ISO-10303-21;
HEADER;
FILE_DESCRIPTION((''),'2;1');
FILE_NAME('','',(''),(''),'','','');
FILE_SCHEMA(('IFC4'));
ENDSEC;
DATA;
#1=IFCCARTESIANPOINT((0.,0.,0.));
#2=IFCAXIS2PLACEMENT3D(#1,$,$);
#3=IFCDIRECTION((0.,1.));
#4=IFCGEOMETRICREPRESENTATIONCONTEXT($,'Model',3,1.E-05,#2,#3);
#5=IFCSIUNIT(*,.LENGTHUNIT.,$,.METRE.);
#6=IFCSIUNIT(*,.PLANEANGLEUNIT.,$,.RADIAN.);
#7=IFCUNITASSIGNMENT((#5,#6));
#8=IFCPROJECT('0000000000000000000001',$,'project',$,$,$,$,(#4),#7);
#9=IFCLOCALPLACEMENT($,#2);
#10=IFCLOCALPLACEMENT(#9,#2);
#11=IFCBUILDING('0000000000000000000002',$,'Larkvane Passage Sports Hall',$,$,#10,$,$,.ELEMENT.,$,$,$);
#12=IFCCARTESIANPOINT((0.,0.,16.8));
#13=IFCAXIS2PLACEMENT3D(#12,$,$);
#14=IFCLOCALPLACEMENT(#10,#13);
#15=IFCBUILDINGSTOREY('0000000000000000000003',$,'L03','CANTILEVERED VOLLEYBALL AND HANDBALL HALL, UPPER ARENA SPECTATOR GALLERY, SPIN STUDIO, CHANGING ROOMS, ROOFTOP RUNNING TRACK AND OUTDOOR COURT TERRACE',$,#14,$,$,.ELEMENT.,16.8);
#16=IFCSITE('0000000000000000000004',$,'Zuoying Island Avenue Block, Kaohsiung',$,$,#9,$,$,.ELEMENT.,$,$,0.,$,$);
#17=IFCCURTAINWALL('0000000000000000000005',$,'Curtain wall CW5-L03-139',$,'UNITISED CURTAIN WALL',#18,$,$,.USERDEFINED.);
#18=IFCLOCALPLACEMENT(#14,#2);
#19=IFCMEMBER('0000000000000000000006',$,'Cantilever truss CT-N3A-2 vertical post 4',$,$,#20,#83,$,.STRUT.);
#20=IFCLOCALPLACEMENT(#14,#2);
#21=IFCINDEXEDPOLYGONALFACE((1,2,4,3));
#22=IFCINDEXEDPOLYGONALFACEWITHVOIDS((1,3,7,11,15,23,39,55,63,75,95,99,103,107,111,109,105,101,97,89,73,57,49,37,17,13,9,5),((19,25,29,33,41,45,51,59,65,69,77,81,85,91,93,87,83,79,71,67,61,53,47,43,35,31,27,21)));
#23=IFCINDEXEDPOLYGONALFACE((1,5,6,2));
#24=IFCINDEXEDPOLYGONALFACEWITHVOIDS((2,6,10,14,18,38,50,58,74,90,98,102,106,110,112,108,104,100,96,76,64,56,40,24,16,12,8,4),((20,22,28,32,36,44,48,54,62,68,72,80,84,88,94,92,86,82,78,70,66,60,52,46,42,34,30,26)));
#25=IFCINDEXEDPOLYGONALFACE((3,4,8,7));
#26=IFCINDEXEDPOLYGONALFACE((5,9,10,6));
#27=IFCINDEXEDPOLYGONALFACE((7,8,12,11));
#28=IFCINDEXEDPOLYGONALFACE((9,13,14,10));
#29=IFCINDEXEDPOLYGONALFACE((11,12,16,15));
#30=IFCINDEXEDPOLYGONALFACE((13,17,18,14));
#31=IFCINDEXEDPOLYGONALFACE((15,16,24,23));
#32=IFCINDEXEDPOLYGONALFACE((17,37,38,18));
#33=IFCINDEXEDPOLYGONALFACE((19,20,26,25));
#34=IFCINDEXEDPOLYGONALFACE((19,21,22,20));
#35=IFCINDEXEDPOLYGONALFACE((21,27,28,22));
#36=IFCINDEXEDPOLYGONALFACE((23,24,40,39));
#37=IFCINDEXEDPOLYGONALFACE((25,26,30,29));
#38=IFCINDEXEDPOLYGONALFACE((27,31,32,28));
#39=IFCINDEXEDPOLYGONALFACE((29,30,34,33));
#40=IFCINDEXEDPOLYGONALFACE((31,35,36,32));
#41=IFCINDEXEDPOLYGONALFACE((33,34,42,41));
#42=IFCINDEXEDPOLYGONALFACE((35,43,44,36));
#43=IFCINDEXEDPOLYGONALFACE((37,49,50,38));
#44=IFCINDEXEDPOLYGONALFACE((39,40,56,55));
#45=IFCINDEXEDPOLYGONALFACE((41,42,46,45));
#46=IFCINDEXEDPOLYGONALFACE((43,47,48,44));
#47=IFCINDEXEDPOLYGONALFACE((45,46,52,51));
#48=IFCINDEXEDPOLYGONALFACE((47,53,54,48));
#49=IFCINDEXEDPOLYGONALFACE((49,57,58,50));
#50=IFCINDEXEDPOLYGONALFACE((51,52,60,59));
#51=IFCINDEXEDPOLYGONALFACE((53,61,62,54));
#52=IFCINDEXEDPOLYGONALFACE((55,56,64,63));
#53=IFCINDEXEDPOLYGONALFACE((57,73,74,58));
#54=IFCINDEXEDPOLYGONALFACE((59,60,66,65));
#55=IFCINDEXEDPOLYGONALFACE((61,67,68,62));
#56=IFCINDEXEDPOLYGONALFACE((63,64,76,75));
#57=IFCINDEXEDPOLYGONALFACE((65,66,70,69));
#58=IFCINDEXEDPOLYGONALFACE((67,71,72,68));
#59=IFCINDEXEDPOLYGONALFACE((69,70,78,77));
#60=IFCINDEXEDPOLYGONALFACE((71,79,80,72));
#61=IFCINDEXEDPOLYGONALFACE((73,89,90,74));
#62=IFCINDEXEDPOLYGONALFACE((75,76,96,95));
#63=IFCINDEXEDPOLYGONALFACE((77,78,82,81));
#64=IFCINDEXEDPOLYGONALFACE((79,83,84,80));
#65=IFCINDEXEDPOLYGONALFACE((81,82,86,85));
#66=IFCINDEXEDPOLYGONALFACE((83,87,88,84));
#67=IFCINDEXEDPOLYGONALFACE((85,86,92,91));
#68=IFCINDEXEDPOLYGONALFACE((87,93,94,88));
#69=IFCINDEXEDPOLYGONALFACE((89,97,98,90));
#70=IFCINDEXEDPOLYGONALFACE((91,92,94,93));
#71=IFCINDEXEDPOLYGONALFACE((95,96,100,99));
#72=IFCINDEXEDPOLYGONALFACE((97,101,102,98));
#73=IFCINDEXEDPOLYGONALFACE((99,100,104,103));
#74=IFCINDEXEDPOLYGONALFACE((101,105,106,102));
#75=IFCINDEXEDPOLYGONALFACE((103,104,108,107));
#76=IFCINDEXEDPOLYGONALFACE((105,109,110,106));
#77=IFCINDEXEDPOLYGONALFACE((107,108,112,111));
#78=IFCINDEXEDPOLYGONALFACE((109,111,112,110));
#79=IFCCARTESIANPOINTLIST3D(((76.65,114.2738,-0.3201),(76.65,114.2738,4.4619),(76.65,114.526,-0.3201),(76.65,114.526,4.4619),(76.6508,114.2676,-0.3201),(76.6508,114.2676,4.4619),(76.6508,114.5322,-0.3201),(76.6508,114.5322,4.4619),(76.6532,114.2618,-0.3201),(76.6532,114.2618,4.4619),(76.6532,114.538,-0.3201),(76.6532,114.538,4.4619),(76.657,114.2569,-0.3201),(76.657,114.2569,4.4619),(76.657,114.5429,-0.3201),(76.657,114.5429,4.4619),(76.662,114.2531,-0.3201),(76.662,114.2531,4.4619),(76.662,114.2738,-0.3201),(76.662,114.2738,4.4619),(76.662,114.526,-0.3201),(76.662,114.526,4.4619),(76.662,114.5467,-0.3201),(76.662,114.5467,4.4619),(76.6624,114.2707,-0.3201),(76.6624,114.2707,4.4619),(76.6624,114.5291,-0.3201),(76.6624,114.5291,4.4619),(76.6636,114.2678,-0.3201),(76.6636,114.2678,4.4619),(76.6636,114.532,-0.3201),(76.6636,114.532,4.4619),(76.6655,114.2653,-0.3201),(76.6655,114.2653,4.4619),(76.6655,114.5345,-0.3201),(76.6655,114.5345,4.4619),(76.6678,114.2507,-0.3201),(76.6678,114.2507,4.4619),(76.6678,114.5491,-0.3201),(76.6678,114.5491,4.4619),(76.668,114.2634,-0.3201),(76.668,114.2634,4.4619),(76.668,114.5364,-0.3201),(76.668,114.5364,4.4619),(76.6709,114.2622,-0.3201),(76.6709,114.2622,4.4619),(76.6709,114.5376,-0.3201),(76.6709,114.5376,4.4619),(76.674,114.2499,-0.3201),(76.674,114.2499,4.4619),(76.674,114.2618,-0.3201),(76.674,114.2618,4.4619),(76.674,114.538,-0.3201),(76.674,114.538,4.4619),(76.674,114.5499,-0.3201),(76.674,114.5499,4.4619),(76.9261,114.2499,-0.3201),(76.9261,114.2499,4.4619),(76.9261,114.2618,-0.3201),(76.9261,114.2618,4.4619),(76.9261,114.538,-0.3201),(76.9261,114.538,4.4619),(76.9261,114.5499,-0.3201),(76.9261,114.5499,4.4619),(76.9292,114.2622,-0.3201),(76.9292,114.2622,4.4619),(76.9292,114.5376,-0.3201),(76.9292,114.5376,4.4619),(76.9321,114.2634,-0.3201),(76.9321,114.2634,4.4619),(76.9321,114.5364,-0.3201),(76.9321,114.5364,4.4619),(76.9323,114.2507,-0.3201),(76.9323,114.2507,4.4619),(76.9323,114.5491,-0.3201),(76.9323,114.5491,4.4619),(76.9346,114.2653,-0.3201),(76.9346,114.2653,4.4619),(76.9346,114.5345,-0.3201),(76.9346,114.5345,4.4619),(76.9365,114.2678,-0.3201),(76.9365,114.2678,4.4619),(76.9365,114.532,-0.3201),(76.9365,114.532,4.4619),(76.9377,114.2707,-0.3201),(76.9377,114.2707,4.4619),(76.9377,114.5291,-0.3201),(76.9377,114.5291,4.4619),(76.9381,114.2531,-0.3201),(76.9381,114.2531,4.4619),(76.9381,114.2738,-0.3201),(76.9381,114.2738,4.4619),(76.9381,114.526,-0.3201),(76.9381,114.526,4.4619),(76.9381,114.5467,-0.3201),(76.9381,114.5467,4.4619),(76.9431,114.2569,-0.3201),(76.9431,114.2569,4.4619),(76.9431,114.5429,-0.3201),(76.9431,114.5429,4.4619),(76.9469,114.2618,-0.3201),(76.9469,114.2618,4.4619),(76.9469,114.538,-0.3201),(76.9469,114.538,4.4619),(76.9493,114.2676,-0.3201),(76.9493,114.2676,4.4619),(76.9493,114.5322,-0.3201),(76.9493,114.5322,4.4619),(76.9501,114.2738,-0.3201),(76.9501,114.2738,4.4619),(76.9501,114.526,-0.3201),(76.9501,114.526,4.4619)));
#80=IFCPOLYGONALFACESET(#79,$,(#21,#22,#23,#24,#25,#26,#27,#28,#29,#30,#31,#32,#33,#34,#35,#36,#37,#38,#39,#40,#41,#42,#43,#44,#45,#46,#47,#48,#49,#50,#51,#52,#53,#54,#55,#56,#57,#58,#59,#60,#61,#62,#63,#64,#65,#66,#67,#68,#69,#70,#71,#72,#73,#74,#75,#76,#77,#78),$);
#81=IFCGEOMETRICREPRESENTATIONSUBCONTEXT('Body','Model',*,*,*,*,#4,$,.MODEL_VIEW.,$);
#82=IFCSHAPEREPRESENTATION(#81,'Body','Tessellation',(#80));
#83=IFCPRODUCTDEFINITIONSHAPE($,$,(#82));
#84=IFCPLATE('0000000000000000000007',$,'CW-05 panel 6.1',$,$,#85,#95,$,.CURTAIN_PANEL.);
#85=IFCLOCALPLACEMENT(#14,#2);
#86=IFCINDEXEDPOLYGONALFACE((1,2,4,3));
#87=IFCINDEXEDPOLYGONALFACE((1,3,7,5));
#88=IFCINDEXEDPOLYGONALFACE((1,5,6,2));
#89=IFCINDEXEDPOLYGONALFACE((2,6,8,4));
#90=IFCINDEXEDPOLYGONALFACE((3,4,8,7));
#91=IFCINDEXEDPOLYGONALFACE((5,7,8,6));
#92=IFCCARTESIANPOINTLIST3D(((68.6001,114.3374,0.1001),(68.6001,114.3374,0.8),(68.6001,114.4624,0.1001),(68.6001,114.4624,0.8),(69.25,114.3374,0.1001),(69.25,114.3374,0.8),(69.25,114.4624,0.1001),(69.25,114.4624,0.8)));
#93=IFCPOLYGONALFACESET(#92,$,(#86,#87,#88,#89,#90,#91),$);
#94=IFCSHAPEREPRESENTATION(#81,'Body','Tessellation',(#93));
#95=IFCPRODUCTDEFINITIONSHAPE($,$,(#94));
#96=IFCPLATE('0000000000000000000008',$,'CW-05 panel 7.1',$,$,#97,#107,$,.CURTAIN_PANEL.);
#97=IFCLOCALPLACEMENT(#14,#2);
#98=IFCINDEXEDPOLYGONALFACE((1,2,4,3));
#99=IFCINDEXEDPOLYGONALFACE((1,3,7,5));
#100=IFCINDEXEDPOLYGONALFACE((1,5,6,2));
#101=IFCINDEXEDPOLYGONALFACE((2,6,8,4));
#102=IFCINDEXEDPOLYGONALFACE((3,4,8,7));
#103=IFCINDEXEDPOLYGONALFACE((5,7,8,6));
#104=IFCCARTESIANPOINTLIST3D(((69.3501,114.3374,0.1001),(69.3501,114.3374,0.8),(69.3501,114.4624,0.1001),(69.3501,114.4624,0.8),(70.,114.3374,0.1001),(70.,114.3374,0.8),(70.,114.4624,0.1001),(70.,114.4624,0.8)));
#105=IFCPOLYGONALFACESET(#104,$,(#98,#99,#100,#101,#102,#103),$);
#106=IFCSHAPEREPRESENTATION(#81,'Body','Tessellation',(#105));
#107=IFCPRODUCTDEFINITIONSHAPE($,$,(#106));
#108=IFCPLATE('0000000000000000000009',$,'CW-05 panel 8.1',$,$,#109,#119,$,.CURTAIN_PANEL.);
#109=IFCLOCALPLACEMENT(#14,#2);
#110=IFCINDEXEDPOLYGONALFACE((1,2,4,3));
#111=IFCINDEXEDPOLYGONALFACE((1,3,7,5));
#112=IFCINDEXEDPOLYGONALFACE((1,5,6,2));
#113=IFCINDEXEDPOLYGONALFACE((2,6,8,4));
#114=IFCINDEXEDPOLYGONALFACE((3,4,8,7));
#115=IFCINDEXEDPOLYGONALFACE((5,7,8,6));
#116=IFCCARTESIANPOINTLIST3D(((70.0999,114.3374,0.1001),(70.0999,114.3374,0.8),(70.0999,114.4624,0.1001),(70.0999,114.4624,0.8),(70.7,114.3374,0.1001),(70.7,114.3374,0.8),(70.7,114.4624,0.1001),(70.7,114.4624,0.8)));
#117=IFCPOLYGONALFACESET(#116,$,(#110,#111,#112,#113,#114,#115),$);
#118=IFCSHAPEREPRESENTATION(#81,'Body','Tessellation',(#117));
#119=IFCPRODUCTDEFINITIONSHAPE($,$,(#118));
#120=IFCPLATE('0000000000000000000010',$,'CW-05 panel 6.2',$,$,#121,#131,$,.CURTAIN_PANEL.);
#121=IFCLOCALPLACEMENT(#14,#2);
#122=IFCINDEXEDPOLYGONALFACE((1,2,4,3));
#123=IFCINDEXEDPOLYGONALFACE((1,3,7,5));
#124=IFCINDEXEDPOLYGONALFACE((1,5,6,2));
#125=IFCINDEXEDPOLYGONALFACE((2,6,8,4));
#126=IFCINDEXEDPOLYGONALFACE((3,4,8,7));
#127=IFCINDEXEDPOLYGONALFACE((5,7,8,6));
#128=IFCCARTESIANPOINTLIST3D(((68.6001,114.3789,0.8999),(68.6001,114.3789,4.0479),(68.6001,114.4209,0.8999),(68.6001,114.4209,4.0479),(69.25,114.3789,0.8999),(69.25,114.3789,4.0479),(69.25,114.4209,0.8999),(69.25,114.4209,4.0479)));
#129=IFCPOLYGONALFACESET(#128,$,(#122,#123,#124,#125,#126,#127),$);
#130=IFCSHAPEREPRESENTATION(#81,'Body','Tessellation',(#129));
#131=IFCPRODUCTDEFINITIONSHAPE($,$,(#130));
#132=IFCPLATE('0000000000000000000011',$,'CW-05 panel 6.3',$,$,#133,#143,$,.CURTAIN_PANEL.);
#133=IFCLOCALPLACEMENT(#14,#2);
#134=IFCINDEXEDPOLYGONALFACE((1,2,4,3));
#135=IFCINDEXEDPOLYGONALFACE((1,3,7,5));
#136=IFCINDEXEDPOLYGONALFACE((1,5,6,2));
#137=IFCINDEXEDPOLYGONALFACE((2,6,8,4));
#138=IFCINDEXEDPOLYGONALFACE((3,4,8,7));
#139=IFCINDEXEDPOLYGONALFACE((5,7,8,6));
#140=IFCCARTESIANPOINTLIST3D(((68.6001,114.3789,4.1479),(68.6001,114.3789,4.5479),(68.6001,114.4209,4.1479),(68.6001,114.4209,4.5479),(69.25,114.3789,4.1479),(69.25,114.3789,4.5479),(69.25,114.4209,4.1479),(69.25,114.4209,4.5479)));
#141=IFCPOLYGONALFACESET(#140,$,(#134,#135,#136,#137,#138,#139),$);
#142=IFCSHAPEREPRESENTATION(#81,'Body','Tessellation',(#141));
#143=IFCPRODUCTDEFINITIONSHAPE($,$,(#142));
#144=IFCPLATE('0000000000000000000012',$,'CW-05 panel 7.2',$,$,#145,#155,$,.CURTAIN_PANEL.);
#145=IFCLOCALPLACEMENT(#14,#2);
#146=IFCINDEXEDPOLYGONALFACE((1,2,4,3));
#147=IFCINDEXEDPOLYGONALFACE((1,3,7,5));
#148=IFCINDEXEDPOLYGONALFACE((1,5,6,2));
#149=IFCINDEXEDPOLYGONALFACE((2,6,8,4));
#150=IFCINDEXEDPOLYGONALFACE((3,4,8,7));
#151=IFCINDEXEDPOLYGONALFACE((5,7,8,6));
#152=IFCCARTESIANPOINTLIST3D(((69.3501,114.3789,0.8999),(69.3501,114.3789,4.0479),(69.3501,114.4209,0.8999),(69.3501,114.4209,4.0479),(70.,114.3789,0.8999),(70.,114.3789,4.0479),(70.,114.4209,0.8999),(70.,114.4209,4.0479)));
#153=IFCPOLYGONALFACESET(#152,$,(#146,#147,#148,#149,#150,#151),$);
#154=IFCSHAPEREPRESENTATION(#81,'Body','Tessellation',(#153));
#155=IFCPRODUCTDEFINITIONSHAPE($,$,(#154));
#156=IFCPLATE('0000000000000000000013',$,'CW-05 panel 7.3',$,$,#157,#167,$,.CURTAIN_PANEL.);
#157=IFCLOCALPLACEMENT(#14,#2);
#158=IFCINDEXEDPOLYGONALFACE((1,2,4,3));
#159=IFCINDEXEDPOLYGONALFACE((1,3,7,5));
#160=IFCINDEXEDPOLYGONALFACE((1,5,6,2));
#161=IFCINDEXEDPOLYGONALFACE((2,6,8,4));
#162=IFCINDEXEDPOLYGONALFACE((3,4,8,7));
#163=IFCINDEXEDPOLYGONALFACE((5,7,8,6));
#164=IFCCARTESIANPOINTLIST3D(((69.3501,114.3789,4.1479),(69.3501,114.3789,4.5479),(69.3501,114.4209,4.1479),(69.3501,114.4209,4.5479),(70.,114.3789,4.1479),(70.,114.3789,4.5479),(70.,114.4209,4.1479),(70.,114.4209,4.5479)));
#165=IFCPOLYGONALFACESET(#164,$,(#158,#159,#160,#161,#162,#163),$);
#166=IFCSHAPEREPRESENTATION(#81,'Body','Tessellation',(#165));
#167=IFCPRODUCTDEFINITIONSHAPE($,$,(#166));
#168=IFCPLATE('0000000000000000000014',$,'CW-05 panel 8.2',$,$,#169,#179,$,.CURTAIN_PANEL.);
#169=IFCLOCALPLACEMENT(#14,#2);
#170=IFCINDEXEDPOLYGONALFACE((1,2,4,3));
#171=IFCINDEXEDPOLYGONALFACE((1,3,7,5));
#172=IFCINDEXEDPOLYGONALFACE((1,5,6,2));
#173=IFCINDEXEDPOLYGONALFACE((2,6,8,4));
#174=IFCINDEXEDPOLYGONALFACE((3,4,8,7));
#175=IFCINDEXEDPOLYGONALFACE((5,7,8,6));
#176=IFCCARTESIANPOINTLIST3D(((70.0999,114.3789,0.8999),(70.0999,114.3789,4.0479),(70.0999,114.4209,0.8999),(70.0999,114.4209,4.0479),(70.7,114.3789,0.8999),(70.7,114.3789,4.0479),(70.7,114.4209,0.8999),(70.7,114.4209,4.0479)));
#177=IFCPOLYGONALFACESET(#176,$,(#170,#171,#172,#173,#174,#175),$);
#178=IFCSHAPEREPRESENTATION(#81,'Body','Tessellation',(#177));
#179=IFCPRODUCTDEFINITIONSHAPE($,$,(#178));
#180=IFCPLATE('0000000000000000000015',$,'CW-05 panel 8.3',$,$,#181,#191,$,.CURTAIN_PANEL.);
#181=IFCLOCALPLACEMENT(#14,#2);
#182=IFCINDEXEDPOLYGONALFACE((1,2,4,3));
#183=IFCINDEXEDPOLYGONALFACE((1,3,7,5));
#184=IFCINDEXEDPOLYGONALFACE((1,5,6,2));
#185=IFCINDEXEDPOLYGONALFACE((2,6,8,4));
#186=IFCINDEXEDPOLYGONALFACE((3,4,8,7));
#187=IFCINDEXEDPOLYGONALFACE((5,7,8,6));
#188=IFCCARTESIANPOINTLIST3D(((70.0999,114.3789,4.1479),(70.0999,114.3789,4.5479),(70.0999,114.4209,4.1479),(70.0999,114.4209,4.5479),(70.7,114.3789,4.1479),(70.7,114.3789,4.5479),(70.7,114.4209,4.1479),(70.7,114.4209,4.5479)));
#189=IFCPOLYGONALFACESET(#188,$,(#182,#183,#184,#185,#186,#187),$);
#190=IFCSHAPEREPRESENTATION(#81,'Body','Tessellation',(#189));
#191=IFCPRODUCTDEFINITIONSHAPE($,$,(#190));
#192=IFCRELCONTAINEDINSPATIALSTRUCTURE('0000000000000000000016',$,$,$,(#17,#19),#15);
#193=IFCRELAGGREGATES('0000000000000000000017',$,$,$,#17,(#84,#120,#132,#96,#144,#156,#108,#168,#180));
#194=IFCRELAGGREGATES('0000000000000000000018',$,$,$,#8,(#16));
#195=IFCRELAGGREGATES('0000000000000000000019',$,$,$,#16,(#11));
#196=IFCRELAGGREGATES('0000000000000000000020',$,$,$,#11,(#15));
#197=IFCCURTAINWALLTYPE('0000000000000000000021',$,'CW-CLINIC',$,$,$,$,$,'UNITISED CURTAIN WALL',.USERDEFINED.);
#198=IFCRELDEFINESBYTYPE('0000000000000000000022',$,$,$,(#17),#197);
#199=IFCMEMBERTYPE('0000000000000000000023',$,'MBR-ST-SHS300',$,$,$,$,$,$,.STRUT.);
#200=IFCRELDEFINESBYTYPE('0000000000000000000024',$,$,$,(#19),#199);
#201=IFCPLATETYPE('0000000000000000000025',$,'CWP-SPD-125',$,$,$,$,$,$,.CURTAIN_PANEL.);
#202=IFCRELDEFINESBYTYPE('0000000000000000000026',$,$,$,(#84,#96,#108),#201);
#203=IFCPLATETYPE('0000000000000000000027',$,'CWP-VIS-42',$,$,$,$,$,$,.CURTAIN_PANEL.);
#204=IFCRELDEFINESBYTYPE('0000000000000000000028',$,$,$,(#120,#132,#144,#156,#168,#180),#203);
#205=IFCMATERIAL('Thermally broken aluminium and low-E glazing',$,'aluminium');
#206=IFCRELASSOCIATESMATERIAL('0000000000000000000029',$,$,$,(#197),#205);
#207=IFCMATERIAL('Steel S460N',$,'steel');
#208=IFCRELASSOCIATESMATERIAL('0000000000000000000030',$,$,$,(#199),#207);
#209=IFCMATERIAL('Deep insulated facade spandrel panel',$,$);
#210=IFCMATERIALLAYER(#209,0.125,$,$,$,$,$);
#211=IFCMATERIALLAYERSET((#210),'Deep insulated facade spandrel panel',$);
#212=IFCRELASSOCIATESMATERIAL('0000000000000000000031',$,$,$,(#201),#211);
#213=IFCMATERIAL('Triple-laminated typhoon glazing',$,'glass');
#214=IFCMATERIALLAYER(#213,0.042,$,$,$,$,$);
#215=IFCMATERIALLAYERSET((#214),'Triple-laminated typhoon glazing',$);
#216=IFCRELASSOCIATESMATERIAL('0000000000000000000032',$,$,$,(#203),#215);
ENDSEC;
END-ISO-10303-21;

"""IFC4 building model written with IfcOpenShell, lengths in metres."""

from ifc_helpers import new_model, si_unit, direction, frame, origin, origin_2d, place, context, subcontext, project, spatial, rectangle, hollow_rectangle, extrude, material, layer, layer_set, material_profile, profile_set, type_object, element, aggregate, save


model = new_model("IFC4")

# Units and contexts
model_context = context("Model", 3, precision=1e-05, world=origin(), true_north=direction((0.0, 1.0)))
body_context = subcontext(model_context, "Body", "Model", "MODEL_VIEW")
ifc_project = project(units=[si_unit("LENGTHUNIT", "METRE"), si_unit("PLANEANGLEUNIT", "RADIAN")], contexts=[model_context])

# Site, building, storey
site_placement = place(None, origin())
site = spatial("IfcSite", under=ifc_project, at=site_placement, Name="Zuoying Island Avenue Block, Kaohsiung", CompositionType="ELEMENT", RefElevation=0.0)
building_placement = place(site_placement, origin())
building = spatial("IfcBuilding", under=site, at=building_placement, Name="Larkvane Passage Sports Hall", CompositionType="ELEMENT")
storey_placement = place(building_placement, frame((0.0, 0.0, 16.8)))
storey = spatial("IfcBuildingStorey", under=building, at=storey_placement, Name="L03", Description="CANTILEVERED VOLLEYBALL AND HANDBALL HALL, UPPER ARENA SPECTATOR GALLERY, SPIN STUDIO, CHANGING ROOMS, ROOFTOP RUNNING TRACK AND OUTDOOR COURT TERRACE", CompositionType="ELEMENT", Elevation=16.8)

# Curtain wall
ifc_material_1 = material(Name="Thermally broken aluminium and low-E glazing", Category="aluminium")
curtain_wall_type = type_object("IfcCurtainWallType", Name="CW-CLINIC", ElementType="UNITISED CURTAIN WALL", PredefinedType="USERDEFINED", material=ifc_material_1)
curtain_wall_placement = place(storey_placement, origin())
curtain_wall = element("IfcCurtainWall", 1, at=curtain_wall_placement, inside=storey, type_object=curtain_wall_type, Name="Curtain wall CW5-L03-139", ObjectType="UNITISED CURTAIN WALL", PredefinedType="USERDEFINED")

# Member
ifc_material_2 = material(Name="Steel S460N", Category="steel")
ifc_material_profile_1 = material_profile(ifc_material_2, hollow_rectangle(XDim=0.3, YDim=0.3, WallThickness=0.012, InnerFilletRadius=0.012, OuterFilletRadius=0.0239, at=origin_2d()), Name="SHS-300x300x12")
ifc_profile_set_1 = profile_set([ifc_material_profile_1], Name="Steel S460N")
member_type_1 = type_object("IfcMemberType", Name="MBR-ST-SHS300", PredefinedType="STRUT", material=ifc_profile_set_1)
member_1_placement = place(storey_placement, frame((76.8, 114.3999, -0.3201), z_axis=(0.0, 0.0, 1.0), x_axis=(1.0, 0.0, 0.0)))
element("IfcMember", 2, at=member_1_placement, inside=storey, type_object=member_type_1, Name="Cantilever truss CT-N3A-2 vertical post 4", PredefinedType="STRUT", context=body_context, shape_type="SweptSolid", body=[
    extrude(hollow_rectangle(XDim=0.3, YDim=0.3, WallThickness=0.012, InnerFilletRadius=0.012, OuterFilletRadius=0.0239, at=origin_2d()), origin(), (0.0, 0.0, 1.0), 4.782),
])

# Plates
ifc_material_3 = material(Name="Deep insulated facade spandrel panel")
ifc_layer_1 = layer(ifc_material_3, 0.125)
ifc_layer_set_1 = layer_set([ifc_layer_1], Name="Deep insulated facade spandrel panel")
plate_type_1 = type_object("IfcPlateType", Name="CWP-SPD-125", PredefinedType="CURTAIN_PANEL", material=ifc_layer_set_1)
plate_1_placement = place(storey_placement, frame((68.925, 114.3999, 0.1001), z_axis=(0.0, 0.0, 1.0), x_axis=(1.0, 0.0, 0.0)))
plate_1 = element("IfcPlate", 3, at=plate_1_placement, type_object=plate_type_1, Name="CW-05 panel 6.1", PredefinedType="CURTAIN_PANEL", context=body_context, shape_type="SweptSolid", body=[
    extrude(rectangle(XDim=0.6499, YDim=0.125, at=origin_2d()), origin(), (0.0, 0.0, 1.0), 0.7),
])
plate_2_placement = place(storey_placement, frame((69.675, 114.3999, 0.1001), z_axis=(0.0, 0.0, 1.0), x_axis=(1.0, 0.0, 0.0)))
plate_2 = element("IfcPlate", 4, at=plate_2_placement, type_object=plate_type_1, Name="CW-05 panel 7.1", PredefinedType="CURTAIN_PANEL", context=body_context, shape_type="SweptSolid", body=[
    extrude(rectangle(XDim=0.6499, YDim=0.125, at=origin_2d()), origin(), (0.0, 0.0, 1.0), 0.7),
])
plate_3_placement = place(storey_placement, frame((70.3999, 114.3999, 0.1001), z_axis=(0.0, 0.0, 1.0), x_axis=(1.0, 0.0, 0.0)))
plate_3 = element("IfcPlate", 5, at=plate_3_placement, type_object=plate_type_1, Name="CW-05 panel 8.1", PredefinedType="CURTAIN_PANEL", context=body_context, shape_type="SweptSolid", body=[
    extrude(rectangle(XDim=0.6001, YDim=0.125, at=origin_2d()), origin(), (0.0, 0.0, 1.0), 0.7),
])
ifc_material_4 = material(Name="Triple-laminated typhoon glazing", Category="glass")
ifc_layer_2 = layer(ifc_material_4, 0.042)
ifc_layer_set_2 = layer_set([ifc_layer_2], Name="Triple-laminated typhoon glazing")
plate_type_2 = type_object("IfcPlateType", Name="CWP-VIS-42", PredefinedType="CURTAIN_PANEL", material=ifc_layer_set_2)
plate_4_placement = place(storey_placement, frame((68.925, 114.3999, 0.8999), z_axis=(0.0, 0.0, 1.0), x_axis=(1.0, 0.0, 0.0)))
plate_4 = element("IfcPlate", 6, at=plate_4_placement, type_object=plate_type_2, Name="CW-05 panel 6.2", PredefinedType="CURTAIN_PANEL", context=body_context, shape_type="SweptSolid", body=[
    extrude(rectangle(XDim=0.6499, YDim=0.042, at=origin_2d()), origin(), (0.0, 0.0, 1.0), 3.1479),
])
plate_5_placement = place(storey_placement, frame((68.925, 114.3999, 4.1479), z_axis=(0.0, 0.0, 1.0), x_axis=(1.0, 0.0, 0.0)))
plate_5 = element("IfcPlate", 7, at=plate_5_placement, type_object=plate_type_2, Name="CW-05 panel 6.3", PredefinedType="CURTAIN_PANEL", context=body_context, shape_type="SweptSolid", body=[
    extrude(rectangle(XDim=0.6499, YDim=0.042, at=origin_2d()), origin(), (0.0, 0.0, 1.0), 0.3999),
])
plate_6_placement = place(storey_placement, frame((69.675, 114.3999, 0.8999), z_axis=(0.0, 0.0, 1.0), x_axis=(1.0, 0.0, 0.0)))
plate_6 = element("IfcPlate", 8, at=plate_6_placement, type_object=plate_type_2, Name="CW-05 panel 7.2", PredefinedType="CURTAIN_PANEL", context=body_context, shape_type="SweptSolid", body=[
    extrude(rectangle(XDim=0.6499, YDim=0.042, at=origin_2d()), origin(), (0.0, 0.0, 1.0), 3.1479),
])
plate_7_placement = place(storey_placement, frame((69.675, 114.3999, 4.1479), z_axis=(0.0, 0.0, 1.0), x_axis=(1.0, 0.0, 0.0)))
plate_7 = element("IfcPlate", 9, at=plate_7_placement, type_object=plate_type_2, Name="CW-05 panel 7.3", PredefinedType="CURTAIN_PANEL", context=body_context, shape_type="SweptSolid", body=[
    extrude(rectangle(XDim=0.6499, YDim=0.042, at=origin_2d()), origin(), (0.0, 0.0, 1.0), 0.3999),
])
plate_8_placement = place(storey_placement, frame((70.3999, 114.3999, 0.8999), z_axis=(0.0, 0.0, 1.0), x_axis=(1.0, 0.0, 0.0)))
plate_8 = element("IfcPlate", 10, at=plate_8_placement, type_object=plate_type_2, Name="CW-05 panel 8.2", PredefinedType="CURTAIN_PANEL", context=body_context, shape_type="SweptSolid", body=[
    extrude(rectangle(XDim=0.6001, YDim=0.042, at=origin_2d()), origin(), (0.0, 0.0, 1.0), 3.1479),
])
plate_9_placement = place(storey_placement, frame((70.3999, 114.3999, 4.1479), z_axis=(0.0, 0.0, 1.0), x_axis=(1.0, 0.0, 0.0)))
plate_9 = element("IfcPlate", 11, at=plate_9_placement, type_object=plate_type_2, Name="CW-05 panel 8.3", PredefinedType="CURTAIN_PANEL", context=body_context, shape_type="SweptSolid", body=[
    extrude(rectangle(XDim=0.6001, YDim=0.042, at=origin_2d()), origin(), (0.0, 0.0, 1.0), 0.3999),
])
aggregate(curtain_wall, [plate_1, plate_4, plate_5, plate_2, plate_6, plate_7, plate_3, plate_8, plate_9])

save(model, "model.ifc")
